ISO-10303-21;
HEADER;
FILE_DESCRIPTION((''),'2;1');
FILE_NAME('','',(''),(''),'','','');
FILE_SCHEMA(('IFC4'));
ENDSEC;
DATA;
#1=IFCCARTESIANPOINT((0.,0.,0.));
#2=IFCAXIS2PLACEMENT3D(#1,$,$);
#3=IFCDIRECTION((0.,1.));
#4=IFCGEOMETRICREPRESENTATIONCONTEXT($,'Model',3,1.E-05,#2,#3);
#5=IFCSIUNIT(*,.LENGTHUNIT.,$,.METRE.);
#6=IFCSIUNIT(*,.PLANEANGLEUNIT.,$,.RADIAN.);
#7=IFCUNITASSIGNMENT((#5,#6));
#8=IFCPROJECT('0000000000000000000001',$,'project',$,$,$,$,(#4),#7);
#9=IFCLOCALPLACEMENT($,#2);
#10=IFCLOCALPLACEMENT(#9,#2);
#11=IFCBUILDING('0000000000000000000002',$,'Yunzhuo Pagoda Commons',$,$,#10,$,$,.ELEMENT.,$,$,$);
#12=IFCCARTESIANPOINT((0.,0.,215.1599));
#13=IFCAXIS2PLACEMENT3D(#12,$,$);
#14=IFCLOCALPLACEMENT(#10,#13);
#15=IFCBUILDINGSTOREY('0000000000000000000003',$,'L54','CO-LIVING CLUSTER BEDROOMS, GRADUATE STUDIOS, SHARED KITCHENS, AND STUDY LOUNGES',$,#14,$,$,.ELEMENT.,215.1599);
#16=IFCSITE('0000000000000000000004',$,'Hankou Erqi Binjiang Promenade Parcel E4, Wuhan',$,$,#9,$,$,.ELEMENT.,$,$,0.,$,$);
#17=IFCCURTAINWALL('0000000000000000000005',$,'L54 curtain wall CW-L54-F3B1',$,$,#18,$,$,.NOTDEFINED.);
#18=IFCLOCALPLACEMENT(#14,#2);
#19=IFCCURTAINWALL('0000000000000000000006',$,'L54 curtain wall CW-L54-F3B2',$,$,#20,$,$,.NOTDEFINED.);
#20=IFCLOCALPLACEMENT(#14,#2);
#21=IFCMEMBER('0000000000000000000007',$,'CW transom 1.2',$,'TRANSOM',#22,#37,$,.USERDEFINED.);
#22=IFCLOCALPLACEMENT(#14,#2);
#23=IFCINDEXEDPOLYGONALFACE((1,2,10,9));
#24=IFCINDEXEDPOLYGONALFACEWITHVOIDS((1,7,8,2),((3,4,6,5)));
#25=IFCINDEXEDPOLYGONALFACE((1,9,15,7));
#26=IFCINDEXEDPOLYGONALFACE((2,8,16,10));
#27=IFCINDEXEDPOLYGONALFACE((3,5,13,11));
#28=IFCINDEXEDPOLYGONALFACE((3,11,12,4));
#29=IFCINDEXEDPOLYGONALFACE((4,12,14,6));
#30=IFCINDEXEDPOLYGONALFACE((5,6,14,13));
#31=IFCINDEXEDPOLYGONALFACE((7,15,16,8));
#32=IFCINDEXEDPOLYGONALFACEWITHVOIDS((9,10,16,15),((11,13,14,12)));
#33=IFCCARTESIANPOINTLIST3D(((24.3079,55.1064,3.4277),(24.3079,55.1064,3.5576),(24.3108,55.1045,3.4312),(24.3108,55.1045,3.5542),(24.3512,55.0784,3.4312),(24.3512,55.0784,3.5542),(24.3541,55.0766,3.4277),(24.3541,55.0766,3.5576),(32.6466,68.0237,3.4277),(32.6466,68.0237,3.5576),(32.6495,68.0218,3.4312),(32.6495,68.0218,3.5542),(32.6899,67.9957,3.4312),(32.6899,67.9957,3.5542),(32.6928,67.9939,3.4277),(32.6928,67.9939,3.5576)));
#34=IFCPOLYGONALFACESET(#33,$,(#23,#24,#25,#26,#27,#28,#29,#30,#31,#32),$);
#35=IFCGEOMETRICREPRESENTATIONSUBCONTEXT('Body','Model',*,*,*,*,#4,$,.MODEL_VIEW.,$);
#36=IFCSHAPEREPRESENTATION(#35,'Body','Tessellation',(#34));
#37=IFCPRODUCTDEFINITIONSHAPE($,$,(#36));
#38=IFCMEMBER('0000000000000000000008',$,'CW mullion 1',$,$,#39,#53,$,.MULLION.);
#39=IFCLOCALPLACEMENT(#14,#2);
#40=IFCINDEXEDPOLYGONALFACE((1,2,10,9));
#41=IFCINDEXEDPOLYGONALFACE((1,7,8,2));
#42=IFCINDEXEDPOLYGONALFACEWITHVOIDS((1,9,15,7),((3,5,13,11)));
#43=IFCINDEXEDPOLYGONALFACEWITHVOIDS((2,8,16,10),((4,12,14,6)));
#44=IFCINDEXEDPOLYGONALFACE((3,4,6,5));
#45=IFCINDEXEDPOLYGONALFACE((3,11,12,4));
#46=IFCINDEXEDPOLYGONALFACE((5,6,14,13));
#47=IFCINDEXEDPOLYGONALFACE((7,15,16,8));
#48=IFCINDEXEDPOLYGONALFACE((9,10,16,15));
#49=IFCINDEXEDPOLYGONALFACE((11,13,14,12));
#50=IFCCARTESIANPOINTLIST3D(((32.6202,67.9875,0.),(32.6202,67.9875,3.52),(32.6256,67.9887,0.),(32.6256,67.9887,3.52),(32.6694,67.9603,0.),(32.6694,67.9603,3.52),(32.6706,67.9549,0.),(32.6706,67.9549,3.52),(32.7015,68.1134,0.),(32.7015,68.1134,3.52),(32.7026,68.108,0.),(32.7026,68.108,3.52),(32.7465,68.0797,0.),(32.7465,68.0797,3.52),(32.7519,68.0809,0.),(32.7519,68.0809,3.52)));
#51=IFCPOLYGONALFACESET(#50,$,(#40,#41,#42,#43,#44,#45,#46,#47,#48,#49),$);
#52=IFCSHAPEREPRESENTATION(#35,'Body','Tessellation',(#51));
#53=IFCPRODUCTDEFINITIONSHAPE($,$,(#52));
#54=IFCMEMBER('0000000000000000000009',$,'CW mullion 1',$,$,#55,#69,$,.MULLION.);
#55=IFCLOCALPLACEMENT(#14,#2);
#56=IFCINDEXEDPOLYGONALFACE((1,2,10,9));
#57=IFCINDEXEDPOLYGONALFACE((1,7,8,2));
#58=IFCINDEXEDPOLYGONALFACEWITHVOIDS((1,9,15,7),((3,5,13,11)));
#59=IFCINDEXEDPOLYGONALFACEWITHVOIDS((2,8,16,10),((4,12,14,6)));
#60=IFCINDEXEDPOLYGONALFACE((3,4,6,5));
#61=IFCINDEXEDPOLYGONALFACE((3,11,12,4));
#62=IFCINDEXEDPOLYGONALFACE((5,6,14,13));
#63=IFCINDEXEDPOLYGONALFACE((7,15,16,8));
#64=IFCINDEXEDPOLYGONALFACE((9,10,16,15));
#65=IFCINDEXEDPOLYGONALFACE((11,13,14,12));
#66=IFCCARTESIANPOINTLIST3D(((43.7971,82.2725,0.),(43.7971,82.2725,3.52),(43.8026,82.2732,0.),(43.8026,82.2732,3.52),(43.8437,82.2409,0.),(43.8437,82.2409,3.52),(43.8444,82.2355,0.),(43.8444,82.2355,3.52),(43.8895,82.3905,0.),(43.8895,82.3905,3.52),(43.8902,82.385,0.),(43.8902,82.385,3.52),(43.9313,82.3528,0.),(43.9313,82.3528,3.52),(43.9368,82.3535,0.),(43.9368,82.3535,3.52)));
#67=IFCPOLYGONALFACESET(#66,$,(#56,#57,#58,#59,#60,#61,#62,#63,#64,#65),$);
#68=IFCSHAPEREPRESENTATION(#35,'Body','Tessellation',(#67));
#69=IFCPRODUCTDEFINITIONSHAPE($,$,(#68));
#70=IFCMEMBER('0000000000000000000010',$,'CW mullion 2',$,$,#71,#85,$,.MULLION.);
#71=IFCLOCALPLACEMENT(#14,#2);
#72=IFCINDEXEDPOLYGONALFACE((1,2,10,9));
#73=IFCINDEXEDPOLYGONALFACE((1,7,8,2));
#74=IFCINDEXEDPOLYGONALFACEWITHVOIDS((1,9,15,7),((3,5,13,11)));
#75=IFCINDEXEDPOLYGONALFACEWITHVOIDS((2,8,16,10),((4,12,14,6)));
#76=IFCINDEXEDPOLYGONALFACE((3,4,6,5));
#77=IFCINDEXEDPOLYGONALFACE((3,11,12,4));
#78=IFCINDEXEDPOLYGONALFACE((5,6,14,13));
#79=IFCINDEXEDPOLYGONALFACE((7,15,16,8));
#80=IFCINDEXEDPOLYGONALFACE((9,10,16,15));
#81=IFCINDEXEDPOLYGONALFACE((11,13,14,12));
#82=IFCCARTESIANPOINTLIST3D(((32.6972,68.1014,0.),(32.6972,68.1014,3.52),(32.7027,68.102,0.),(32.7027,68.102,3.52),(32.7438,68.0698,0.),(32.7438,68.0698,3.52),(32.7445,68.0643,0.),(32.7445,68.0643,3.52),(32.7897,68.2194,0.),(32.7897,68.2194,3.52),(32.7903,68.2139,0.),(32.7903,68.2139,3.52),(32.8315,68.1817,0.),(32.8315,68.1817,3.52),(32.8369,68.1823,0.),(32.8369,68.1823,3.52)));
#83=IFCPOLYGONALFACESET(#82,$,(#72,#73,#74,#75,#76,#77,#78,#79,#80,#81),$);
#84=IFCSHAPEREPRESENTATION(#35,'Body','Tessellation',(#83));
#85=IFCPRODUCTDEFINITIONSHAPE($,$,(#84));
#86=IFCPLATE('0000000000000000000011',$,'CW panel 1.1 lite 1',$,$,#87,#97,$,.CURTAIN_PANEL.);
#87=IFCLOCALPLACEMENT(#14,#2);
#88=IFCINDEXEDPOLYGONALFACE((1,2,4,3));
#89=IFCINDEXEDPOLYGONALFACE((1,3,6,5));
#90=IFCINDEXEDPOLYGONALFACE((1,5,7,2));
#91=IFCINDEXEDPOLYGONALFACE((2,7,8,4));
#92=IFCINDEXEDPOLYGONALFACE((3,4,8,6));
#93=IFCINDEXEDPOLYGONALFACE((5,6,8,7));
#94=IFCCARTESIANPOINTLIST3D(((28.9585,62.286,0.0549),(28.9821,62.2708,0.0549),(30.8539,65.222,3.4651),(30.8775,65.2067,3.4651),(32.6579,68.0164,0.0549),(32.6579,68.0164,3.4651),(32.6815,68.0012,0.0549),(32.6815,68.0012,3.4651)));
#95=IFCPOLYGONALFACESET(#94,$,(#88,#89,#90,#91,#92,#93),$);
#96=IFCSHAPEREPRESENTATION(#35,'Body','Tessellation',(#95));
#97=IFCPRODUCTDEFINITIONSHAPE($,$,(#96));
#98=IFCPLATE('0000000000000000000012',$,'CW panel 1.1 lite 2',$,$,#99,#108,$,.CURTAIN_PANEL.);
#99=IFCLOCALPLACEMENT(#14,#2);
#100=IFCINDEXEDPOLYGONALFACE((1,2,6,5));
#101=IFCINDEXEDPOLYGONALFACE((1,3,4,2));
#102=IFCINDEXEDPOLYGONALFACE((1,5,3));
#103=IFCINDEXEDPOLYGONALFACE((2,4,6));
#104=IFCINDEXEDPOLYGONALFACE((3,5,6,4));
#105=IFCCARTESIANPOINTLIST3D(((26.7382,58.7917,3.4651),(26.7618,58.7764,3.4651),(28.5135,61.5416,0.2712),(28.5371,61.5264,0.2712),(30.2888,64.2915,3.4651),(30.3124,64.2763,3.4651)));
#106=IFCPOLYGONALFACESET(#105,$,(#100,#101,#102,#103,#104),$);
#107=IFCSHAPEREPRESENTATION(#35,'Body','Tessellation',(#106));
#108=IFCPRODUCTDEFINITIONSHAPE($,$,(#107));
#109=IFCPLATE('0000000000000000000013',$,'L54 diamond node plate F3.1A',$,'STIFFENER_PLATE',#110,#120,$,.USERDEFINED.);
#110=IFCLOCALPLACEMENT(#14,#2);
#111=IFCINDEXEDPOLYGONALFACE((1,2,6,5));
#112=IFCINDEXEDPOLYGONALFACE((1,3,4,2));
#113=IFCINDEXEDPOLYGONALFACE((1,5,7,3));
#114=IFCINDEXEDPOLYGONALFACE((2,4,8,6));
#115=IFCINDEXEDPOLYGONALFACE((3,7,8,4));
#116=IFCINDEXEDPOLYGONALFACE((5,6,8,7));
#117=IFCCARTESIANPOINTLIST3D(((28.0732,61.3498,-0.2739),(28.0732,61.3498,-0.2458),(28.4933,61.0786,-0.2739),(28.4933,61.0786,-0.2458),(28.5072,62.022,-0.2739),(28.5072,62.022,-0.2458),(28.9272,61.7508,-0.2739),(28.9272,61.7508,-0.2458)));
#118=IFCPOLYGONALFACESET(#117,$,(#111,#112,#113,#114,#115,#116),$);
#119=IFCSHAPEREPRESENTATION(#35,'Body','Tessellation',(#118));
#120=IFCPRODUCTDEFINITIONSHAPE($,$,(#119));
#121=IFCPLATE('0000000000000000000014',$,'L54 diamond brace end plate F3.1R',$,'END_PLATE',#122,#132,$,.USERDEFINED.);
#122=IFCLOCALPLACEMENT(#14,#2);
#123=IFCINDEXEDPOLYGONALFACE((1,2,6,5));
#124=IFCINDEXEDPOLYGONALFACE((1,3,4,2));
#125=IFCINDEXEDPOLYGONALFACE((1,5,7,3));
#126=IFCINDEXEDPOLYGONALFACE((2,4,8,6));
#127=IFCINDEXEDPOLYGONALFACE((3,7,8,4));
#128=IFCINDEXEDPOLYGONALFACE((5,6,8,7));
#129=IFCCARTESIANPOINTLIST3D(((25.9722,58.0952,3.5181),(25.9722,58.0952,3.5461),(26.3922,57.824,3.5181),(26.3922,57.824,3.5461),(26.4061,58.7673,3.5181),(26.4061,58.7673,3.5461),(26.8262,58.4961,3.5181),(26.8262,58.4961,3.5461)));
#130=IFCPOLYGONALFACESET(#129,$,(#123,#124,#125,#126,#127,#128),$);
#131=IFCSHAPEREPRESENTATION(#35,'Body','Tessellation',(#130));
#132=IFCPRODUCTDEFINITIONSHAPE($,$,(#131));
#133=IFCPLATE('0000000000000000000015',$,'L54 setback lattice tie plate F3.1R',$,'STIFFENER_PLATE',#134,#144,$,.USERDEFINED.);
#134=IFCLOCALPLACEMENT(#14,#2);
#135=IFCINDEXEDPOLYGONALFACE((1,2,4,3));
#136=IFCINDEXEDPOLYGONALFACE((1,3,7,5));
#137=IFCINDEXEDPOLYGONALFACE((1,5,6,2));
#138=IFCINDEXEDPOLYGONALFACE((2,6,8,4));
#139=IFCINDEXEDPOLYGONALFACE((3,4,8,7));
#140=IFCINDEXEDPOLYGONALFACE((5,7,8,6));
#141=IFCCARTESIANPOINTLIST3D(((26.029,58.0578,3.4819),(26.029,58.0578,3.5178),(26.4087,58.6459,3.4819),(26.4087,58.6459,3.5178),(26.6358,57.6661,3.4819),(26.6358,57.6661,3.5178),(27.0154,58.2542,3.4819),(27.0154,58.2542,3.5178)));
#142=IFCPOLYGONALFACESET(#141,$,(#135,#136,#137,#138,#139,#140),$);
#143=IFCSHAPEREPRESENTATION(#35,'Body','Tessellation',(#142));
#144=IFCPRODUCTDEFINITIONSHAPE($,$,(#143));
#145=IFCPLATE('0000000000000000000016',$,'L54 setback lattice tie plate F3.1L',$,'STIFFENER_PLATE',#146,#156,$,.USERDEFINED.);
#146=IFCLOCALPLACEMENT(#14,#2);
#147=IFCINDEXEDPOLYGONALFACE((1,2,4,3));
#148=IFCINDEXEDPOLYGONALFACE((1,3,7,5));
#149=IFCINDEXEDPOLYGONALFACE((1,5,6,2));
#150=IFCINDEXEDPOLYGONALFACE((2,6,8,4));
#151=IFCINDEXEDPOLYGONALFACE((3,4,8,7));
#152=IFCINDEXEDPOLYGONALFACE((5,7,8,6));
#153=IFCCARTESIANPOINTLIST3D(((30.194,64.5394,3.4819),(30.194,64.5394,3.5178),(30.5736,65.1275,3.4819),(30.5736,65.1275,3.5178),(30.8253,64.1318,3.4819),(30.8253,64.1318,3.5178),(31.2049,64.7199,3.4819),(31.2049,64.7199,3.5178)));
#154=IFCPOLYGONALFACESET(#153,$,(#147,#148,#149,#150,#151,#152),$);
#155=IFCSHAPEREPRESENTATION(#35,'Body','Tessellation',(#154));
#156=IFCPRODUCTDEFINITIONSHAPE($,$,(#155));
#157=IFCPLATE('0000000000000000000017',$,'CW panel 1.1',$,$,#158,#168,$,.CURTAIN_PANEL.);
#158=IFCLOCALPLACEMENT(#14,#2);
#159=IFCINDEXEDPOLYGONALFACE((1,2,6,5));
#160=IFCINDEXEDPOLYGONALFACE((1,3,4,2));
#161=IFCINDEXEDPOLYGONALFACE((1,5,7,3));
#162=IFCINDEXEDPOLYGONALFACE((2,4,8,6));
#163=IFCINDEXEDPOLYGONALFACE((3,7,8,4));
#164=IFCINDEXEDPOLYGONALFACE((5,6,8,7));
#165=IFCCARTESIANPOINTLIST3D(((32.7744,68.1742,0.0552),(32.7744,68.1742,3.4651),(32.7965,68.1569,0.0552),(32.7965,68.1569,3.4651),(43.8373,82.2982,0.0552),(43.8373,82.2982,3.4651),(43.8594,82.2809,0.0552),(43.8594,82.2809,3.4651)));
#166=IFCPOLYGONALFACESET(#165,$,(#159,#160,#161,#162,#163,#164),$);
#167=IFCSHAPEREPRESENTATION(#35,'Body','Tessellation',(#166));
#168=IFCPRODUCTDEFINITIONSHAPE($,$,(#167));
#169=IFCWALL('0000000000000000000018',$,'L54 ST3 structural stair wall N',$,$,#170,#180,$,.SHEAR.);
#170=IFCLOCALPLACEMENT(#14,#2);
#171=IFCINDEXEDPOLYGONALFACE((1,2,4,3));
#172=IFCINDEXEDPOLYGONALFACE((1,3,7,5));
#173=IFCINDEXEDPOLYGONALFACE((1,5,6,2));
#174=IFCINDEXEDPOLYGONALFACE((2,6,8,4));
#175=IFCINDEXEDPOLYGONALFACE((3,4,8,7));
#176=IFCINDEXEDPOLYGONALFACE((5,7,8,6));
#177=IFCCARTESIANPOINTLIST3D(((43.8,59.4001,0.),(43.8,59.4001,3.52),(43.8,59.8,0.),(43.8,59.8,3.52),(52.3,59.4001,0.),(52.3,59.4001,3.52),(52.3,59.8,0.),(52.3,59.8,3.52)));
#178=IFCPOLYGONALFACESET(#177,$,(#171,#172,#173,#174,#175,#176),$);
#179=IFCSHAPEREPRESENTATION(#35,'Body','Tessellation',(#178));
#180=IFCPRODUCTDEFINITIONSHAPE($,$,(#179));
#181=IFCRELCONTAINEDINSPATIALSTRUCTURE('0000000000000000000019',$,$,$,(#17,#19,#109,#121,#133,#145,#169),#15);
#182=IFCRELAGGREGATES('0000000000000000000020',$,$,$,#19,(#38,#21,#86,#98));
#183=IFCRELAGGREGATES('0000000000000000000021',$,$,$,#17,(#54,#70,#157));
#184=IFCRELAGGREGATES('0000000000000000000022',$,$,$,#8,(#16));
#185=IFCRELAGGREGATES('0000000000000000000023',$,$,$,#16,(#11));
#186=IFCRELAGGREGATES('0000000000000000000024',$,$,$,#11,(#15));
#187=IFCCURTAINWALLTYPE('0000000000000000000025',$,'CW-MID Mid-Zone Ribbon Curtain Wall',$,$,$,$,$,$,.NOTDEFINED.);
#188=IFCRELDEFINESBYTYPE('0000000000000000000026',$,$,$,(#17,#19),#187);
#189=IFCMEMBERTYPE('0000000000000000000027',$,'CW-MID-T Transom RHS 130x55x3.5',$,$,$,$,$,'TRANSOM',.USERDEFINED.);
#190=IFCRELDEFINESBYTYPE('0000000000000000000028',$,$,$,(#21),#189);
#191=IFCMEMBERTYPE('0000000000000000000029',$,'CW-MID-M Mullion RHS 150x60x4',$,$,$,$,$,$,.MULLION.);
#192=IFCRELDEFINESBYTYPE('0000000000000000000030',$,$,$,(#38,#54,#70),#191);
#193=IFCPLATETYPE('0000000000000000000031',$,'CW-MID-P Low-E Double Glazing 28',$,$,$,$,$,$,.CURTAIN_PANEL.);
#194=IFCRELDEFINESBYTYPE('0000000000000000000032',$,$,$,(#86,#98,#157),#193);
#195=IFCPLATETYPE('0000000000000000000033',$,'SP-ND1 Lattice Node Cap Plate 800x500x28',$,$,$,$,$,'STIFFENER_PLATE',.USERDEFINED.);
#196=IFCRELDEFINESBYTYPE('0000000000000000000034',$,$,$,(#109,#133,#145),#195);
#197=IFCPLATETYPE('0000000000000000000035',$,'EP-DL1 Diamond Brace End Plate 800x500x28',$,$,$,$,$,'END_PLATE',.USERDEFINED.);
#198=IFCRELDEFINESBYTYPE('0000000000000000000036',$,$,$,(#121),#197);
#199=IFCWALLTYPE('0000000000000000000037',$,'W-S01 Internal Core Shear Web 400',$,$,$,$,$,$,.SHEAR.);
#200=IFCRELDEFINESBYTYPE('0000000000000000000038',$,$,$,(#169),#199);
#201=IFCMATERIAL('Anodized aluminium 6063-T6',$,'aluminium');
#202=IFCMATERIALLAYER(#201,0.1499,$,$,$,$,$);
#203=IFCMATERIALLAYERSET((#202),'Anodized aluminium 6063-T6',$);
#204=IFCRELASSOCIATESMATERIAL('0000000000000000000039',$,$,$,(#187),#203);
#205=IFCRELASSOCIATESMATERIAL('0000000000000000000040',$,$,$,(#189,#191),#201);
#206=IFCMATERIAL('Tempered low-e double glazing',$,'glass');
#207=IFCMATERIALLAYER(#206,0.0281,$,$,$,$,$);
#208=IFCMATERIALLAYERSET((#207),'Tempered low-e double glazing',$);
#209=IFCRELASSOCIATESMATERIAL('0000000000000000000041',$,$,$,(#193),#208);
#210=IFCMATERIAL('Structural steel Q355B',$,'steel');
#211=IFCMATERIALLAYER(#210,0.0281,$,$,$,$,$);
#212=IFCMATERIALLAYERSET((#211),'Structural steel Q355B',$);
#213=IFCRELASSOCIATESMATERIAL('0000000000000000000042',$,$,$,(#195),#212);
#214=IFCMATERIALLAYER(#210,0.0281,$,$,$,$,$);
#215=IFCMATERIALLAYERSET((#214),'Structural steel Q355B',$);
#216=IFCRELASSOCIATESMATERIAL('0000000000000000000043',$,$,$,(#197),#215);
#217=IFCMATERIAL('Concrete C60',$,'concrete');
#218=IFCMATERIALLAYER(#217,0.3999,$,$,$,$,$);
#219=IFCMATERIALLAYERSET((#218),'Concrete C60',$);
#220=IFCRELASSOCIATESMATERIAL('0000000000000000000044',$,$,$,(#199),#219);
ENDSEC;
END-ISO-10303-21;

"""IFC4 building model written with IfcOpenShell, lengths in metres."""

from ifc_helpers import new_model, si_unit, direction, frame, frame_2d, origin, origin_2d, place, context, subcontext, project, spatial, polyline, rectangle, hollow_rectangle, outline, extrude, source, transform, mapped, material, layer, layer_set, material_profile, profile_set, type_object, element, aggregate, save


model = new_model("IFC4")

# Units and contexts
model_context = context("Model", 3, precision=1e-05, world=origin(), true_north=direction((0.0, 1.0)))
body_context = subcontext(model_context, "Body", "Model", "MODEL_VIEW")
ifc_project = project(units=[si_unit("LENGTHUNIT", "METRE"), si_unit("PLANEANGLEUNIT", "RADIAN")], contexts=[model_context])

# Site, building, storey
site_placement = place(None, origin())
site = spatial("IfcSite", under=ifc_project, at=site_placement, Name="Hankou Erqi Binjiang Promenade Parcel E4, Wuhan", CompositionType="ELEMENT", RefElevation=0.0)
building_placement = place(site_placement, origin())
building = spatial("IfcBuilding", under=site, at=building_placement, Name="Yunzhuo Pagoda Commons", CompositionType="ELEMENT")
storey_placement = place(building_placement, frame((0.0, 0.0, 215.1599)))
storey = spatial("IfcBuildingStorey", under=building, at=storey_placement, Name="L54", Description="CO-LIVING CLUSTER BEDROOMS, GRADUATE STUDIOS, SHARED KITCHENS, AND STUDY LOUNGES", CompositionType="ELEMENT", Elevation=215.1599)

# Shared definitions
ifc_material_1 = material(Name="Structural steel Q355B", Category="steel")

# Curtain walls, members
ifc_material_2 = material(Name="Anodized aluminium 6063-T6", Category="aluminium")
ifc_layer_1 = layer(ifc_material_2, 0.1499)
ifc_layer_set_1 = layer_set([ifc_layer_1], Name="Anodized aluminium 6063-T6")
curtain_wall_type = type_object("IfcCurtainWallType", Name="CW-MID Mid-Zone Ribbon Curtain Wall", PredefinedType="NOTDEFINED", material=ifc_layer_set_1)
curtain_wall_1_placement = place(storey_placement, origin())
curtain_wall_1 = element("IfcCurtainWall", 1, at=curtain_wall_1_placement, inside=storey, type_object=curtain_wall_type, Name="L54 curtain wall CW-L54-F3B1", PredefinedType="NOTDEFINED")
ifc_material_profile_1 = material_profile(ifc_material_2, hollow_rectangle(XDim=0.0549, YDim=0.1299, WallThickness=0.0034, at=origin_2d()), Name="Anodized aluminium 6063-T6")
ifc_profile_set_1 = profile_set([ifc_material_profile_1], Name="Anodized aluminium 6063-T6")
member_type_1 = type_object("IfcMemberType", Name="CW-MID-T Transom RHS 130x55x3.5", ElementType="TRANSOM", PredefinedType="USERDEFINED", material=ifc_profile_set_1)
curtain_wall_2_placement = place(storey_placement, origin())
curtain_wall_2 = element("IfcCurtainWall", 2, at=curtain_wall_2_placement, inside=storey, type_object=curtain_wall_type, Name="L54 curtain wall CW-L54-F3B2", PredefinedType="NOTDEFINED")
shared_shape_1 = source(origin(), body_context, "Body", "SweptSolid", [
    extrude(hollow_rectangle(XDim=0.0549, YDim=0.1299, WallThickness=0.0034, at=origin_2d()), origin(), (0.0, 0.0, 1.0), 15.375),
])
member_1_placement = place(storey_placement, frame((32.6697, 68.0088, 3.4927), z_axis=(-0.542353, -0.840151, 0.0), x_axis=(0.840151, -0.542353, 0.0)))
member_1 = element("IfcMember", 3, at=member_1_placement, type_object=member_type_1, Name="CW transom 1.2", ObjectType="TRANSOM", PredefinedType="USERDEFINED", context=body_context, shape_type="MappedRepresentation", body=[
    mapped(shared_shape_1, transform((0.0, 0.0, 0.0), scale=1.0)),
])
ifc_material_profile_2 = material_profile(ifc_material_2, hollow_rectangle(XDim=0.0601, YDim=0.1499, WallThickness=0.0039, at=origin_2d()), Name="Anodized aluminium 6063-T6")
ifc_profile_set_2 = profile_set([ifc_material_profile_2], Name="Anodized aluminium 6063-T6")
member_type_2 = type_object("IfcMemberType", Name="CW-MID-M Mullion RHS 150x60x4", PredefinedType="MULLION", material=ifc_profile_set_2)
shared_shape_2 = source(origin(), body_context, "Body", "SweptSolid", [
    extrude(hollow_rectangle(XDim=0.0601, YDim=0.1499, WallThickness=0.0039, at=origin_2d()), origin(), (0.0, 0.0, 1.0), 3.52),
])
member_2_placement = place(storey_placement, frame((32.686, 68.0342, 0.0), z_axis=(0.0, 0.0, 1.0), x_axis=(0.840138, -0.542372, 0.0)))
member_2 = element("IfcMember", 4, at=member_2_placement, type_object=member_type_2, Name="CW mullion 1", PredefinedType="MULLION", context=body_context, shape_type="MappedRepresentation", body=[
    mapped(shared_shape_2, transform((0.0, 0.0, 0.0), scale=1.0)),
])

# Members
member_3_placement = place(storey_placement, frame((43.8669, 82.313, 0.0), z_axis=(0.0, 0.0, 1.0), x_axis=(0.78725, -0.616634, 0.0)))
member_3 = element("IfcMember", 5, at=member_3_placement, type_object=member_type_2, Name="CW mullion 1", PredefinedType="MULLION", context=body_context, shape_type="MappedRepresentation", body=[
    mapped(shared_shape_2, transform((0.0, 0.0, 0.0), scale=1.0)),
])
member_4_placement = place(storey_placement, frame((32.7671, 68.1418, 0.0), z_axis=(0.0, 0.0, 1.0), x_axis=(0.78725, -0.616634, 0.0)))
member_4 = element("IfcMember", 6, at=member_4_placement, type_object=member_type_2, Name="CW mullion 2", PredefinedType="MULLION", context=body_context, shape_type="MappedRepresentation", body=[
    mapped(shared_shape_2, transform((0.0, 0.0, 0.0), scale=1.0)),
])

# Plates
ifc_material_3 = material(Name="Tempered low-e double glazing", Category="glass")
ifc_layer_2 = layer(ifc_material_3, 0.0281)
ifc_layer_set_2 = layer_set([ifc_layer_2], Name="Tempered low-e double glazing")
plate_type_1 = type_object("IfcPlateType", Name="CW-MID-P Low-E Double Glazing 28", PredefinedType="CURTAIN_PANEL", material=ifc_layer_set_2)
plate_1_placement = place(storey_placement, frame((30.8318, 65.136, 1.76), z_axis=(-0.840138, 0.542372, 0.0), x_axis=(-0.542372, -0.840138, 0.0)))
plate_1 = element("IfcPlate", 7, at=plate_1_placement, type_object=plate_type_1, Name="CW panel 1.1 lite 1", PredefinedType="CURTAIN_PANEL", context=body_context, shape_type="SweptSolid", body=[
    extrude(outline(polyline([(-3.4104, -1.7051), (3.4104, -1.7051), (-0.0842, 1.7051), (-3.4104, 1.7051), (-3.4104, -1.7051)])), origin(), (0.0, 0.0, 1.0), 0.0281),
])
plate_2_placement = place(storey_placement, frame((28.5371, 61.5264, 1.8682), z_axis=(-0.840138, 0.542372, 0.0), x_axis=(-0.542372, -0.840138, 0.0)))
plate_2 = element("IfcPlate", 8, at=plate_2_placement, type_object=plate_type_1, Name="CW panel 1.1 lite 2", PredefinedType="CURTAIN_PANEL", context=body_context, shape_type="SweptSolid", body=[
    extrude(outline(polyline([(-3.2732, 1.5969), (0.0, -1.5969), (3.2732, 1.5969), (-3.2732, 1.5969)])), origin(), (0.0, 0.0, 1.0), 0.0281),
])
aggregate(curtain_wall_2, [member_2, member_1, plate_1, plate_2])

# Plates
ifc_layer_3 = layer(ifc_material_1, 0.0281)
ifc_layer_set_3 = layer_set([ifc_layer_3], Name="Structural steel Q355B")
plate_type_2 = type_object("IfcPlateType", Name="SP-ND1 Lattice Node Cap Plate 800x500x28", ElementType="STIFFENER_PLATE", PredefinedType="USERDEFINED", material=ifc_layer_set_3)
shared_shape_3 = source(origin(), body_context, "Body", "SweptSolid", [
    extrude(rectangle(XDim=0.8, YDim=0.5, at=origin_2d()), origin(), (0.0, 0.0, 1.0), 0.0281),
])
plate_3_placement = place(storey_placement, frame((28.5002, 61.5503, -0.2739), z_axis=(0.0, 0.0, 1.0), x_axis=(-0.542368, -0.840141, 0.0)))
element("IfcPlate", 9, at=plate_3_placement, inside=storey, type_object=plate_type_2, Name="L54 diamond node plate F3.1A", ObjectType="STIFFENER_PLATE", PredefinedType="USERDEFINED", context=body_context, shape_type="MappedRepresentation", body=[
    mapped(shared_shape_3, transform((0.0, 0.0, 0.0), scale=1.0)),
])
ifc_layer_4 = layer(ifc_material_1, 0.0281)
ifc_layer_set_4 = layer_set([ifc_layer_4], Name="Structural steel Q355B")
plate_type_3 = type_object("IfcPlateType", Name="EP-DL1 Diamond Brace End Plate 800x500x28", ElementType="END_PLATE", PredefinedType="USERDEFINED", material=ifc_layer_set_4)
plate_4_placement = place(storey_placement, frame((26.3992, 58.2957, 3.5181), z_axis=(0.0, 0.0, 1.0), x_axis=(-0.542368, -0.840141, 0.0)))
element("IfcPlate", 10, at=plate_4_placement, inside=storey, type_object=plate_type_3, Name="L54 diamond brace end plate F3.1R", ObjectType="END_PLATE", PredefinedType="USERDEFINED", context=body_context, shape_type="MappedRepresentation", body=[
    mapped(shared_shape_3, transform((0.0, 0.0, 0.0), scale=1.0)),
])
shared_shape_4 = source(origin(), body_context, "Body", "SweptSolid", [
    extrude(rectangle(XDim=0.7, YDim=0.7222, at=origin_2d()), origin(), (0.0, 0.0, 1.0), 0.0359),
])
plate_5_placement = place(storey_placement, frame((26.5222, 58.156, 3.4819), z_axis=(0.0, 0.0, 1.0), x_axis=(-0.542368, -0.840141, 0.0)))
element("IfcPlate", 11, at=plate_5_placement, inside=storey, type_object=plate_type_2, Name="L54 setback lattice tie plate F3.1R", ObjectType="STIFFENER_PLATE", PredefinedType="USERDEFINED", context=body_context, shape_type="MappedRepresentation", body=[
    mapped(shared_shape_4, transform((0.0, 0.0, 0.0), scale=1.0)),
])
shared_shape_5 = source(origin(), body_context, "Body", "SweptSolid", [
    extrude(rectangle(XDim=0.7, YDim=0.7515, at=origin_2d()), origin(), (0.0, 0.0, 1.0), 0.0359),
])
plate_6_placement = place(storey_placement, frame((30.6995, 64.6296, 3.4819), z_axis=(0.0, 0.0, 1.0), x_axis=(-0.542368, -0.840141, 0.0)))
element("IfcPlate", 12, at=plate_6_placement, inside=storey, type_object=plate_type_2, Name="L54 setback lattice tie plate F3.1L", ObjectType="STIFFENER_PLATE", PredefinedType="USERDEFINED", context=body_context, shape_type="MappedRepresentation", body=[
    mapped(shared_shape_5, transform((0.0, 0.0, 0.0), scale=1.0)),
])

# Plate
shared_shape_6 = source(origin(), body_context, "Body", "SweptSolid", [
    extrude(rectangle(XDim=17.9409, YDim=0.0281, at=origin_2d()), origin(), (0.0, 0.0, 1.0), 3.4099),
])
plate_7_placement = place(storey_placement, frame((38.3169, 75.2275, 0.0552), z_axis=(0.0, 0.0, 1.0), x_axis=(-0.616634, -0.78725, 0.0)))
plate_7 = element("IfcPlate", 13, at=plate_7_placement, type_object=plate_type_1, Name="CW panel 1.1", PredefinedType="CURTAIN_PANEL", context=body_context, shape_type="MappedRepresentation", body=[
    mapped(shared_shape_6, transform((0.0, 0.0, 0.0), scale=1.0)),
])
aggregate(curtain_wall_1, [member_3, member_4, plate_7])

# Wall
ifc_material_4 = material(Name="Concrete C60", Category="concrete")
ifc_layer_5 = layer(ifc_material_4, 0.3999)
ifc_layer_set_5 = layer_set([ifc_layer_5], Name="Concrete C60")
wall_type = type_object("IfcWallType", Name="W-S01 Internal Core Shear Web 400", PredefinedType="SHEAR", material=ifc_layer_set_5)
wall_placement = place(storey_placement, frame((43.8, 59.6001, 0.0), z_axis=(0.0, 0.0, 1.0), x_axis=(1.0, 0.0, 0.0)))
element("IfcWall", 14, at=wall_placement, inside=storey, type_object=wall_type, Name="L54 ST3 structural stair wall N", PredefinedType="SHEAR", context=body_context, shape_type="SweptSolid", body=[
    extrude(rectangle(XDim=8.5, YDim=0.3999, at=frame_2d((4.25, 0.0))), origin(), (0.0, 0.0, 1.0), 3.52),
])

save(model, "model.ifc")
